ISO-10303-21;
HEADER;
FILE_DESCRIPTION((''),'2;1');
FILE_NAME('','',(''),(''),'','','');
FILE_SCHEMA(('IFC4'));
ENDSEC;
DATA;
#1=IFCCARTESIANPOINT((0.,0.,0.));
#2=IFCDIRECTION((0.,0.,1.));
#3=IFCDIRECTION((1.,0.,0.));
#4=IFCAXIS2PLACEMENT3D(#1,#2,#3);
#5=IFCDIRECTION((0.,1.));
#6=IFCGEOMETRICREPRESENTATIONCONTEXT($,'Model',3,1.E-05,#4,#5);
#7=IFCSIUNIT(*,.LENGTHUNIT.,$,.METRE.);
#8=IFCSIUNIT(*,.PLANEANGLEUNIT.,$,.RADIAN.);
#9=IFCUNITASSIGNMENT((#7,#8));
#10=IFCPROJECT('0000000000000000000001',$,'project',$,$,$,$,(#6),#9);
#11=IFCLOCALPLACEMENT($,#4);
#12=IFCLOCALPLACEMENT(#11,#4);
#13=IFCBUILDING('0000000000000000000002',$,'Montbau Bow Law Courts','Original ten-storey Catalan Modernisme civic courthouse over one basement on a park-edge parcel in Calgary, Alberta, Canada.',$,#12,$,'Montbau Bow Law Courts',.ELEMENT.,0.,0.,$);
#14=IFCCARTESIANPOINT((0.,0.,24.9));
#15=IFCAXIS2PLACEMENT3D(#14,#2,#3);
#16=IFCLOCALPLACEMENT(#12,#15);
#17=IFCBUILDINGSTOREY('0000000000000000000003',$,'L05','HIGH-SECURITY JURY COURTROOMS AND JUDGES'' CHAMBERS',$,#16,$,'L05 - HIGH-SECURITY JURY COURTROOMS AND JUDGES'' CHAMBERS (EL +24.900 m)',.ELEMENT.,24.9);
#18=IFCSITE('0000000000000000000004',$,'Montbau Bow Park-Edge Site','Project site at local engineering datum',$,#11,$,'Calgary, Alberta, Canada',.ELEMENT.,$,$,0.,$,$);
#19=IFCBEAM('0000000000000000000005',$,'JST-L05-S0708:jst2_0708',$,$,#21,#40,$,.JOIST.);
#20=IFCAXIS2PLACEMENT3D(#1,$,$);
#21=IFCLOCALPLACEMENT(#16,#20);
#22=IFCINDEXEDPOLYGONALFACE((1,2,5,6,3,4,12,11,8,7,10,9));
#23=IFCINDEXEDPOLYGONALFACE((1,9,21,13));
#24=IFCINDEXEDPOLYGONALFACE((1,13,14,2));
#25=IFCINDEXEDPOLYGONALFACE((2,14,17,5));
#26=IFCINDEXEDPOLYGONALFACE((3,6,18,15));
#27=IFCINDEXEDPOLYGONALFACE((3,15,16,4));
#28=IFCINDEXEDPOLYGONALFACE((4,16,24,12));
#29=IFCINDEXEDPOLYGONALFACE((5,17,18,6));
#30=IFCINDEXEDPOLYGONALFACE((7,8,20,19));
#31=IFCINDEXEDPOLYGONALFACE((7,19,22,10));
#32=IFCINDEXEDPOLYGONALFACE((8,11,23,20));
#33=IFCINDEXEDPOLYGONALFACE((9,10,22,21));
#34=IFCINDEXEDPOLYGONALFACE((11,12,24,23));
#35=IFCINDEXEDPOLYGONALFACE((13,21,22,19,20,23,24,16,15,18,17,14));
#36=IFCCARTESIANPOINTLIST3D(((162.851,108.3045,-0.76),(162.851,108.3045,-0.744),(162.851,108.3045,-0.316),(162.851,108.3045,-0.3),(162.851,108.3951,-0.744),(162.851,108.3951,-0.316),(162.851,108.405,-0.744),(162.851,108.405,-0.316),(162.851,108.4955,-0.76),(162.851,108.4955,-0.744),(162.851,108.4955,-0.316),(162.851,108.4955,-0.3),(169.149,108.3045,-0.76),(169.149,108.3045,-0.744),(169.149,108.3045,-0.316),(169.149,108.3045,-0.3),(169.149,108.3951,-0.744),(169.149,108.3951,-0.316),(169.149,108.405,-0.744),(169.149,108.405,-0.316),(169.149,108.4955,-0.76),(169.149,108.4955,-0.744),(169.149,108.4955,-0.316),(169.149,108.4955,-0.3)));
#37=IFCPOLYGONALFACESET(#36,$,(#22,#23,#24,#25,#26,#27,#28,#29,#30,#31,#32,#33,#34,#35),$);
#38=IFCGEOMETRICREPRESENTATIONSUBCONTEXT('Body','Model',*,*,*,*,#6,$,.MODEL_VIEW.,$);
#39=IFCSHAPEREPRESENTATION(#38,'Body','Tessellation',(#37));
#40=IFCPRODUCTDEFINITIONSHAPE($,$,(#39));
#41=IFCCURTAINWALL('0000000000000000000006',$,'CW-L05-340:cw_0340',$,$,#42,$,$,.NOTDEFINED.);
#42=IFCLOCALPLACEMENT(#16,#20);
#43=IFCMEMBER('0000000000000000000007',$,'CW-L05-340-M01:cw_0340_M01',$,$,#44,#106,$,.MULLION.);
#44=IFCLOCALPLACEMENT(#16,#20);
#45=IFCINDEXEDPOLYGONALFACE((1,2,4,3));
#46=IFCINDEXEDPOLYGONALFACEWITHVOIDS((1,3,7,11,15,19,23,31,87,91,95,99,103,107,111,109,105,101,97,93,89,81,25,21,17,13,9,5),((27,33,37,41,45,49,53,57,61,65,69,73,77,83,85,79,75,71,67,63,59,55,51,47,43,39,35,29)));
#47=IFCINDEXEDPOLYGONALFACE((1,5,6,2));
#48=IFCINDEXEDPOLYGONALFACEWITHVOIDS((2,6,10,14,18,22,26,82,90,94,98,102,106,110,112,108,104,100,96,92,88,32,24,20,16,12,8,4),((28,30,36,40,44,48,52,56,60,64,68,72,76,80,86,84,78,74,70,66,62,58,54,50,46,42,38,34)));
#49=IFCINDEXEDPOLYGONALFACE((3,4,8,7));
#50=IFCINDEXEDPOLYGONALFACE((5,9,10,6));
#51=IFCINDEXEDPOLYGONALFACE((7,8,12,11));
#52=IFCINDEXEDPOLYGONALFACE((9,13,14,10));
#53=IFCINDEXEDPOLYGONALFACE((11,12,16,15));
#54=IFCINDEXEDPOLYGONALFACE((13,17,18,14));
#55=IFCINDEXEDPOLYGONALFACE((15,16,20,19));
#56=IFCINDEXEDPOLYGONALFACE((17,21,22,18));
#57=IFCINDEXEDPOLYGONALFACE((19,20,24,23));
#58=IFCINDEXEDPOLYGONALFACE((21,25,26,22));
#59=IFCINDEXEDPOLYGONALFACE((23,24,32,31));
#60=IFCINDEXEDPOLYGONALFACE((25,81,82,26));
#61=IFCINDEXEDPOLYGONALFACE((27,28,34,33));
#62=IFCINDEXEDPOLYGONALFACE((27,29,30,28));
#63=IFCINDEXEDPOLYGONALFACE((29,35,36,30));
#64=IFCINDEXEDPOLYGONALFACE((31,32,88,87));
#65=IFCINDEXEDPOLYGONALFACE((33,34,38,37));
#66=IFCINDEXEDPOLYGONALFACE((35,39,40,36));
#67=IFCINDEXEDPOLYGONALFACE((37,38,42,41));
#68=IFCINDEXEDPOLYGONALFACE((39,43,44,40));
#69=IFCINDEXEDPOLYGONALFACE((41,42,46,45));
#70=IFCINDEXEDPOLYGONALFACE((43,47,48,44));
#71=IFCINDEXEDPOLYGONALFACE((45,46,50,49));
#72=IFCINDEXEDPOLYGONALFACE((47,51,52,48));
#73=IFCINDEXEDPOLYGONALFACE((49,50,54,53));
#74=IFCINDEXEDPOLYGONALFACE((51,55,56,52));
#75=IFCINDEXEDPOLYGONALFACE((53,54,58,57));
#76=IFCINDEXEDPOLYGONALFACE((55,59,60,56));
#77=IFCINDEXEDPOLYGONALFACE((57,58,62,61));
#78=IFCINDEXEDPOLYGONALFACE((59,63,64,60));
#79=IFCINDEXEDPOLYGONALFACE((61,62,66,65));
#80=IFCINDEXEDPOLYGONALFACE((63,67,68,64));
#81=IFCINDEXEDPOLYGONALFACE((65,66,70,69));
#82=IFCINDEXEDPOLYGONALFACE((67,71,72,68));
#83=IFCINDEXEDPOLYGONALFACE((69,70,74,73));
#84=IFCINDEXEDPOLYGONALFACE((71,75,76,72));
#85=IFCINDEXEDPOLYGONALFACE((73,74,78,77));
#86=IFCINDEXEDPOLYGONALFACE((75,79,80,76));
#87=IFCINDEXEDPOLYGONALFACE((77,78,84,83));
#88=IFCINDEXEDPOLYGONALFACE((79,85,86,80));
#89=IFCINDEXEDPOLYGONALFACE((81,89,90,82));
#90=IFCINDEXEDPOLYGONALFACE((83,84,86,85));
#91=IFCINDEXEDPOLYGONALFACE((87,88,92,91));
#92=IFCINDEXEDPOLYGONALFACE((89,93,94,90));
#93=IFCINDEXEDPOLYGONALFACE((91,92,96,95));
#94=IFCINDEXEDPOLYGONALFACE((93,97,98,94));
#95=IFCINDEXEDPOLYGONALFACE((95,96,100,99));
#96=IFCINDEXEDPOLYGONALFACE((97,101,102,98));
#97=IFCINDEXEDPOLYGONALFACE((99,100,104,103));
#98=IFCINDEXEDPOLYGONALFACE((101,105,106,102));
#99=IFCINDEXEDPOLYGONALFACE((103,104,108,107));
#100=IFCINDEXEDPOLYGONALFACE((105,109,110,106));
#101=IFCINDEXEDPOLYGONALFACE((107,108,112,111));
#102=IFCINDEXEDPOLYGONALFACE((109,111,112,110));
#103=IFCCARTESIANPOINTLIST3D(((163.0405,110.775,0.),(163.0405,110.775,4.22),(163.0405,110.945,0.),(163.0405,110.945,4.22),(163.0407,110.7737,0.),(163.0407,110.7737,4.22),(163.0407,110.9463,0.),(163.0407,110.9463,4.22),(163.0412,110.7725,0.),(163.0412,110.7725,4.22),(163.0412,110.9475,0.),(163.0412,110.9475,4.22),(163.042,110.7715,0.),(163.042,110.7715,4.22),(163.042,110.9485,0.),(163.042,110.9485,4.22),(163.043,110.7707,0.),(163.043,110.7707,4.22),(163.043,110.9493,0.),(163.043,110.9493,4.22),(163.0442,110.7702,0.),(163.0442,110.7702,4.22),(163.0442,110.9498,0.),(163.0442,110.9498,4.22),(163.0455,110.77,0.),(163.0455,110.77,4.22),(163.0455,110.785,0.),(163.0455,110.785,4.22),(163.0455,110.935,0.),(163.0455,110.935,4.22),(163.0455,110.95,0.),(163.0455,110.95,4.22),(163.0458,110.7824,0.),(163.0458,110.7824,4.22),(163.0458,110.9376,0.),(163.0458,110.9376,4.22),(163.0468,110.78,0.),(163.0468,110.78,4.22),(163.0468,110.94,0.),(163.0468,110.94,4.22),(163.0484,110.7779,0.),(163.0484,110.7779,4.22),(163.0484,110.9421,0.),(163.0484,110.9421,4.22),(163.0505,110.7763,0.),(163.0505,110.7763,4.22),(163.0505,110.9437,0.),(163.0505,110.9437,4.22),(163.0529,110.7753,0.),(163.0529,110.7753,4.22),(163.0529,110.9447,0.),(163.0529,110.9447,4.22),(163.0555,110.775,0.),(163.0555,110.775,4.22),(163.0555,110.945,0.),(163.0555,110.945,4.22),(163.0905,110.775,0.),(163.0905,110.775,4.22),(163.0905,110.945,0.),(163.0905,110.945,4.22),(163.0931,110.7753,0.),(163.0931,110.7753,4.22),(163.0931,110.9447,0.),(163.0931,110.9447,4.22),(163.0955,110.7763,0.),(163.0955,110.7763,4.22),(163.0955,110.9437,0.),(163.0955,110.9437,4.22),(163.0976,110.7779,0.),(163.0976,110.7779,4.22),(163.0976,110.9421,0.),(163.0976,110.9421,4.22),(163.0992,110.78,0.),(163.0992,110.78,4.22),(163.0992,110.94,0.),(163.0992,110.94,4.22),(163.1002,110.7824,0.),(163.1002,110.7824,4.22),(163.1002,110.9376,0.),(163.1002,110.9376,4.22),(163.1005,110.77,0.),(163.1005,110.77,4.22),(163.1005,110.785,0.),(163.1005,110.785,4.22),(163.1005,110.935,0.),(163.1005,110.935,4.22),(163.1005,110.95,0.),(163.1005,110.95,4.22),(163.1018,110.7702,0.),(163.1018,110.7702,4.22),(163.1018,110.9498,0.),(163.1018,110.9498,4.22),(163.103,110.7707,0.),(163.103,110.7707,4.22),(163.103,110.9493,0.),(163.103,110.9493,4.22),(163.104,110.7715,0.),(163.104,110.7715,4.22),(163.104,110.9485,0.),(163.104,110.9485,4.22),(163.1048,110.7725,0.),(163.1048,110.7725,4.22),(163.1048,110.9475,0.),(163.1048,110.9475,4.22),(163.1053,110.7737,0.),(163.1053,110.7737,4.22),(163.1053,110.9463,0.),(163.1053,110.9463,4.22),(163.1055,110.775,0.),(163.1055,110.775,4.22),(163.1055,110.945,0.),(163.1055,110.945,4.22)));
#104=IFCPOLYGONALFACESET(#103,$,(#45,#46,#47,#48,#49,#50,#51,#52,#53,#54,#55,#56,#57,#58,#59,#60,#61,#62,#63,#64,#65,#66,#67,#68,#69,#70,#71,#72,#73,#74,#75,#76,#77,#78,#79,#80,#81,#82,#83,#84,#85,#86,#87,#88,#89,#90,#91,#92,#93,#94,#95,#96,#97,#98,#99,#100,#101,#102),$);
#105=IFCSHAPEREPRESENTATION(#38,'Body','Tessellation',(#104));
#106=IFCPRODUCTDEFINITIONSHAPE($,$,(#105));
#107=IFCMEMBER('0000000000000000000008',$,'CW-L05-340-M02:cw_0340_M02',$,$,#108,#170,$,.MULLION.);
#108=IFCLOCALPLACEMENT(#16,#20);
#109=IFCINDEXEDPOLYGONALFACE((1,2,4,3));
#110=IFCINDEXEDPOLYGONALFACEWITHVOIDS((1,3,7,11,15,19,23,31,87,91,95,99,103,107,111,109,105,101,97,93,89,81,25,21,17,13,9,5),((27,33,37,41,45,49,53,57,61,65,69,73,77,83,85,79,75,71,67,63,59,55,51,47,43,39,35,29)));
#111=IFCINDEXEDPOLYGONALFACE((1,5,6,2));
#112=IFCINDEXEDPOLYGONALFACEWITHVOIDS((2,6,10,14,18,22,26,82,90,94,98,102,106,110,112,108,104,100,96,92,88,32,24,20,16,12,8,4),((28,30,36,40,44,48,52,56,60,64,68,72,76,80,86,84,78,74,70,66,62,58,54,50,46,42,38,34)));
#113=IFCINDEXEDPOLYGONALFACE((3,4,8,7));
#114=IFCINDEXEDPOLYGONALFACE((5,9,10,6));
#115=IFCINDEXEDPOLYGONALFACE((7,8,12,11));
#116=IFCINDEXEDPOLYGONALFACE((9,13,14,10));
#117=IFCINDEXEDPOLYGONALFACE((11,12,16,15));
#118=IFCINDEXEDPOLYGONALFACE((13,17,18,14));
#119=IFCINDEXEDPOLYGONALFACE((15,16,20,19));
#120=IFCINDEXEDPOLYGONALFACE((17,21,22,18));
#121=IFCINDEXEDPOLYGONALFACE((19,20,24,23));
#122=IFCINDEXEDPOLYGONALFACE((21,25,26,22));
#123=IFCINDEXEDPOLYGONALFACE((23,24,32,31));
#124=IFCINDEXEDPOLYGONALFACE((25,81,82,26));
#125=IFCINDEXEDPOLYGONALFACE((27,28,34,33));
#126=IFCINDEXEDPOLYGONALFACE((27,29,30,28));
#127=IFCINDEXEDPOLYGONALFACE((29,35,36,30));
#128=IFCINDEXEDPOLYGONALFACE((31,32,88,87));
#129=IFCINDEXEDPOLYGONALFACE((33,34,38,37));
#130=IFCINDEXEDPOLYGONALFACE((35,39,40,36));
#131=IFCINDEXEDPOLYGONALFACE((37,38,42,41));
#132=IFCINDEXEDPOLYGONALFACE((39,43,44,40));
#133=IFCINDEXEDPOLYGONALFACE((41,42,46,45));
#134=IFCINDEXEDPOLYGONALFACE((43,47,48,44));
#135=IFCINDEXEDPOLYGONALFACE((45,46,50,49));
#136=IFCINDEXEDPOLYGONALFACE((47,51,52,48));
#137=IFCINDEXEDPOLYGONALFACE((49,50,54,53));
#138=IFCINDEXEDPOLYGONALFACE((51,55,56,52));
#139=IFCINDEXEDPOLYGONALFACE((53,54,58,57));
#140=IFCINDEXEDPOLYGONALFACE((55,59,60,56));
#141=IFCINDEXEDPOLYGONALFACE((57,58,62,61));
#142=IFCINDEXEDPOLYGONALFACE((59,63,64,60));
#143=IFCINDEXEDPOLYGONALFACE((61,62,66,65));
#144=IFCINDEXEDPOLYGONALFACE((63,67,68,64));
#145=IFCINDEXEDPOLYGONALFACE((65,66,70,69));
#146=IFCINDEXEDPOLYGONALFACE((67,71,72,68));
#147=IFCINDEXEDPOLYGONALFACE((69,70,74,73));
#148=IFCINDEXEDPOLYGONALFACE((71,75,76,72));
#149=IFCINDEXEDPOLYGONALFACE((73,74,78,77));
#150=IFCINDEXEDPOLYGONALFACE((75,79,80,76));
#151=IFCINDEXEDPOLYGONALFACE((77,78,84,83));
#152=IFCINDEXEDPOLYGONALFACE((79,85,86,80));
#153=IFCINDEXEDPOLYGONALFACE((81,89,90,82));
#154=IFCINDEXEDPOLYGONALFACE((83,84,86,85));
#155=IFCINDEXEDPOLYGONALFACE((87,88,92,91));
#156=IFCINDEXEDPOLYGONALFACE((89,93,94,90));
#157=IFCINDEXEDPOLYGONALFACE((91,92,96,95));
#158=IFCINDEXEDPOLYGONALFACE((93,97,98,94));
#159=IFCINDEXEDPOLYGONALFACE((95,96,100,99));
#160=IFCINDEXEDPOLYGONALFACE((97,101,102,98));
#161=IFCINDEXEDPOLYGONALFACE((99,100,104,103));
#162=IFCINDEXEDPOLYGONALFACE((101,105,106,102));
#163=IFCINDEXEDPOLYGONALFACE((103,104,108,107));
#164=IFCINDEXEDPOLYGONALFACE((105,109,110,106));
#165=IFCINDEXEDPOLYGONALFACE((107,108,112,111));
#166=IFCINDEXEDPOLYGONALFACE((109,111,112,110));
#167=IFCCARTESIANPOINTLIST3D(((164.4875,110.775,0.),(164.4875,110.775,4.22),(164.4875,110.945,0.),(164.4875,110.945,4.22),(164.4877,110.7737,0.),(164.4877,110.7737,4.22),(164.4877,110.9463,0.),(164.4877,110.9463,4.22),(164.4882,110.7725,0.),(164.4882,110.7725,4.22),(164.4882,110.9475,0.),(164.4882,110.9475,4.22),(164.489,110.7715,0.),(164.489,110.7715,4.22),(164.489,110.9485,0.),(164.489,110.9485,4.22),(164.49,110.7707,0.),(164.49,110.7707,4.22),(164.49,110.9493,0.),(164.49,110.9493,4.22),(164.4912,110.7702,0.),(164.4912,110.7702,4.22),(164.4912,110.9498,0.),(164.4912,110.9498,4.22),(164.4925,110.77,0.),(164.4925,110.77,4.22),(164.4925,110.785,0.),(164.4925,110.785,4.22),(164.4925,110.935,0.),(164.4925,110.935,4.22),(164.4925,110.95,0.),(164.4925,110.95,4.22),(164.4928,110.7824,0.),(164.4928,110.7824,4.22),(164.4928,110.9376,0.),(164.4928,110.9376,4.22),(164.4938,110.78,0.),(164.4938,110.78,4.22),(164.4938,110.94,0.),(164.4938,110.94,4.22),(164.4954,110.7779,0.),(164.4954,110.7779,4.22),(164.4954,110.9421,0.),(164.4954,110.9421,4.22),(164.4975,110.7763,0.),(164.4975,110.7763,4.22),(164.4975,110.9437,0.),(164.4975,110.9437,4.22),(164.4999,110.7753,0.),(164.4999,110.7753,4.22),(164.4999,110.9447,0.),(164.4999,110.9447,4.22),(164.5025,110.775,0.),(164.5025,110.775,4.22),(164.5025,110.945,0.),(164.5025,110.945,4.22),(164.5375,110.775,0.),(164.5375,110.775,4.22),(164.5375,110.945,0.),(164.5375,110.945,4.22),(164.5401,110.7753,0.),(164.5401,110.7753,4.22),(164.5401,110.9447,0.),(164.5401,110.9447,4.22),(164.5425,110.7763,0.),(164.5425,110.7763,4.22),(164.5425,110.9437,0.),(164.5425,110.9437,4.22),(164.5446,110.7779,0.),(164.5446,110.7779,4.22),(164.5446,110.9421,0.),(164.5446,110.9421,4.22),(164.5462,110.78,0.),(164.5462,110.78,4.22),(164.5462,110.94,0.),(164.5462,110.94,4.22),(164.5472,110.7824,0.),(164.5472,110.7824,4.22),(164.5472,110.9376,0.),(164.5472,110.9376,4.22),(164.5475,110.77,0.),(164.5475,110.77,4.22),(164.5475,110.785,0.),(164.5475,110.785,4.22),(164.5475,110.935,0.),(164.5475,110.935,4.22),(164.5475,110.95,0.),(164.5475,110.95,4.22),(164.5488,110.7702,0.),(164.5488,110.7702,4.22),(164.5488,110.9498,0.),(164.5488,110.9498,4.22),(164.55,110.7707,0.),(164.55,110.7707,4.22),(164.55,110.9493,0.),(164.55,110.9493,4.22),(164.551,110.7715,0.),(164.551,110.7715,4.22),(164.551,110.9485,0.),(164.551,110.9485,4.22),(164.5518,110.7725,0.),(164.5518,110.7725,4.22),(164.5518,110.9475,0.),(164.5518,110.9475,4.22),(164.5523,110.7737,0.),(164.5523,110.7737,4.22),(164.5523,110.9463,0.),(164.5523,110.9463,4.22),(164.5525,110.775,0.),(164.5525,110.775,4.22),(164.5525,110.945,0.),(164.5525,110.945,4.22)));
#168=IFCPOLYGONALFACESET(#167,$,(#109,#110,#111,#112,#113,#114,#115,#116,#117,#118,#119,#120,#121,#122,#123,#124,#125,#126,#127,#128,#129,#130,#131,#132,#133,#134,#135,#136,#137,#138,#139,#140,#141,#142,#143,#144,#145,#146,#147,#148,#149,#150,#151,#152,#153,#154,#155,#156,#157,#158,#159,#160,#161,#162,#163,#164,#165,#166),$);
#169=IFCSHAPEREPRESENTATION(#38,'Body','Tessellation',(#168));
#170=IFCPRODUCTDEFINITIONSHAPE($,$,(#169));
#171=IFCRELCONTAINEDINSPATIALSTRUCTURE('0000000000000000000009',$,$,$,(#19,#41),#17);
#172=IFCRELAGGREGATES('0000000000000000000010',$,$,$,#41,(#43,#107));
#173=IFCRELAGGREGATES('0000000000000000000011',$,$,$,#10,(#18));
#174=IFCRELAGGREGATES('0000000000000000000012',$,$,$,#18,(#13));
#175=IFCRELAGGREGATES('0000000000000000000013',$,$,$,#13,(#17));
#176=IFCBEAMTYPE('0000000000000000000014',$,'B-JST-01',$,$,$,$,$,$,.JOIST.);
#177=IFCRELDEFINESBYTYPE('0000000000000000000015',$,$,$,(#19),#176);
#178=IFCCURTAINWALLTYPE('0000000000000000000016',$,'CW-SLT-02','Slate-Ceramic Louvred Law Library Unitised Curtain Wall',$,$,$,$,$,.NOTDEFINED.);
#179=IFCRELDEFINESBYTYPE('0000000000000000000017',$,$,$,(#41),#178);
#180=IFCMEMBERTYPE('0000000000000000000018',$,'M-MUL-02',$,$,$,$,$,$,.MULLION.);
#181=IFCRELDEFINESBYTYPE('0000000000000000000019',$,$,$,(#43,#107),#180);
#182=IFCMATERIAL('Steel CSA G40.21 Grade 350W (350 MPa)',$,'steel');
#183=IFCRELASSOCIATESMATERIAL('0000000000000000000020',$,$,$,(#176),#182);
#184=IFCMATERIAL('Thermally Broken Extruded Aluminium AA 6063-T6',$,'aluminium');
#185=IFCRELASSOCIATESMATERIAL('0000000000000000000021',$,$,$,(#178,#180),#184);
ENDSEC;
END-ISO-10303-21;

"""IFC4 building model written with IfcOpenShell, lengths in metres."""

from ifc_helpers import new_model, si_unit, direction, frame, origin_with_axes, origin_2d_with_axis, place, context, subcontext, project, spatial, hollow_rectangle, i_section, extrude, material, material_profile, profile_set, type_object, element, aggregate, save


model = new_model("IFC4")

# Units and contexts
model_context = context("Model", 3, precision=1e-05, world=origin_with_axes(), true_north=direction((0.0, 1.0)))
body_context = subcontext(model_context, "Body", "Model", "MODEL_VIEW")
ifc_project = project(units=[si_unit("LENGTHUNIT", "METRE"), si_unit("PLANEANGLEUNIT", "RADIAN")], contexts=[model_context])

# Site, building, storey
site_placement = place(None, origin_with_axes())
site = spatial("IfcSite", under=ifc_project, at=site_placement, Name="Montbau Bow Park-Edge Site", Description="Project site at local engineering datum", LongName="Calgary, Alberta, Canada", CompositionType="ELEMENT", RefElevation=0.0)
building_placement = place(site_placement, origin_with_axes())
building = spatial("IfcBuilding", under=site, at=building_placement, Name="Montbau Bow Law Courts", Description="Original ten-storey Catalan Modernisme civic courthouse over one basement on a park-edge parcel in Calgary, Alberta, Canada.", LongName="Montbau Bow Law Courts", CompositionType="ELEMENT", ElevationOfRefHeight=0.0, ElevationOfTerrain=0.0)
storey_placement = place(building_placement, frame((0.0, 0.0, 24.9), z_axis=(0.0, 0.0, 1.0), x_axis=(1.0, 0.0, 0.0)))
storey = spatial("IfcBuildingStorey", under=building, at=storey_placement, Name="L05", Description="HIGH-SECURITY JURY COURTROOMS AND JUDGES' CHAMBERS", LongName="L05 - HIGH-SECURITY JURY COURTROOMS AND JUDGES' CHAMBERS (EL +24.900 m)", CompositionType="ELEMENT", Elevation=24.9)

# Beam
ifc_material_1 = material(Name="Steel CSA G40.21 Grade 350W (350 MPa)", Category="steel")
ifc_material_profile_1 = material_profile(ifc_material_1, i_section(OverallWidth=0.191, OverallDepth=0.46, WebThickness=0.0099, FlangeThickness=0.016, at=origin_2d_with_axis()), Name="W460X82", Category="Main", Priority=0)
ifc_profile_set_1 = profile_set([ifc_material_profile_1], Name="Steel CSA G40.21 Grade 350W (350 MPa)")
beam_type = type_object("IfcBeamType", Name="B-JST-01", PredefinedType="JOIST", material=ifc_profile_set_1)
beam_placement = place(None, frame((162.851, 108.4, 24.37), z_axis=(1.0, 0.0, 0.0), x_axis=(0.0, 1.0, 0.0)))
element("IfcBeam", 1, at=beam_placement, inside=storey, type_object=beam_type, Name="JST-L05-S0708:jst2_0708", PredefinedType="JOIST", context=body_context, shape_type="SweptSolid", body=[
    extrude(i_section(OverallWidth=0.191, OverallDepth=0.46, WebThickness=0.0099, FlangeThickness=0.016, at=origin_2d_with_axis()), origin_with_axes(), (0.0, 0.0, 1.0), 6.298),
])

# Curtain wall, members
ifc_material_2 = material(Name="Thermally Broken Extruded Aluminium AA 6063-T6", Category="aluminium")
curtain_wall_type = type_object("IfcCurtainWallType", Name="CW-SLT-02", Description="Slate-Ceramic Louvred Law Library Unitised Curtain Wall", PredefinedType="NOTDEFINED", material=ifc_material_2)
curtain_wall_placement = place(None, frame((163.04, 110.86, 24.9), z_axis=(0.0, 0.0, 1.0), x_axis=(1.0, 0.0, 0.0)))
curtain_wall = element("IfcCurtainWall", 2, at=curtain_wall_placement, inside=storey, type_object=curtain_wall_type, Name="CW-L05-340:cw_0340", PredefinedType="NOTDEFINED")
ifc_material_profile_2 = material_profile(ifc_material_2, hollow_rectangle(XDim=0.065, YDim=0.18, WallThickness=0.005, InnerFilletRadius=0.01, OuterFilletRadius=0.005, at=origin_2d_with_axis()), Name="CWM-180X65", Category="Main", Priority=0)
ifc_profile_set_2 = profile_set([ifc_material_profile_2], Name="Thermally Broken Extruded Aluminium AA 6063-T6")
member_type_1 = type_object("IfcMemberType", Name="M-MUL-02", PredefinedType="MULLION", material=ifc_profile_set_2)
member_1_placement = place(None, frame((163.073, 110.86, 24.9), z_axis=(0.0, 0.0, 1.0), x_axis=(1.0, 0.0, 0.0)))
member_1 = element("IfcMember", 3, at=member_1_placement, type_object=member_type_1, Name="CW-L05-340-M01:cw_0340_M01", PredefinedType="MULLION", context=body_context, shape_type="SweptSolid", body=[
    extrude(hollow_rectangle(XDim=0.065, YDim=0.18, WallThickness=0.005, InnerFilletRadius=0.01, OuterFilletRadius=0.005, at=origin_2d_with_axis()), origin_with_axes(), (0.0, 0.0, 1.0), 4.22),
])
member_2_placement = place(None, frame((164.52, 110.86, 24.9), z_axis=(0.0, 0.0, 1.0), x_axis=(1.0, 0.0, 0.0)))
member_2 = element("IfcMember", 4, at=member_2_placement, type_object=member_type_1, Name="CW-L05-340-M02:cw_0340_M02", PredefinedType="MULLION", context=body_context, shape_type="SweptSolid", body=[
    extrude(hollow_rectangle(XDim=0.065, YDim=0.18, WallThickness=0.005, InnerFilletRadius=0.01, OuterFilletRadius=0.005, at=origin_2d_with_axis()), origin_with_axes(), (0.0, 0.0, 1.0), 4.22),
])
aggregate(curtain_wall, [member_1, member_2])

save(model, "model.ifc")
